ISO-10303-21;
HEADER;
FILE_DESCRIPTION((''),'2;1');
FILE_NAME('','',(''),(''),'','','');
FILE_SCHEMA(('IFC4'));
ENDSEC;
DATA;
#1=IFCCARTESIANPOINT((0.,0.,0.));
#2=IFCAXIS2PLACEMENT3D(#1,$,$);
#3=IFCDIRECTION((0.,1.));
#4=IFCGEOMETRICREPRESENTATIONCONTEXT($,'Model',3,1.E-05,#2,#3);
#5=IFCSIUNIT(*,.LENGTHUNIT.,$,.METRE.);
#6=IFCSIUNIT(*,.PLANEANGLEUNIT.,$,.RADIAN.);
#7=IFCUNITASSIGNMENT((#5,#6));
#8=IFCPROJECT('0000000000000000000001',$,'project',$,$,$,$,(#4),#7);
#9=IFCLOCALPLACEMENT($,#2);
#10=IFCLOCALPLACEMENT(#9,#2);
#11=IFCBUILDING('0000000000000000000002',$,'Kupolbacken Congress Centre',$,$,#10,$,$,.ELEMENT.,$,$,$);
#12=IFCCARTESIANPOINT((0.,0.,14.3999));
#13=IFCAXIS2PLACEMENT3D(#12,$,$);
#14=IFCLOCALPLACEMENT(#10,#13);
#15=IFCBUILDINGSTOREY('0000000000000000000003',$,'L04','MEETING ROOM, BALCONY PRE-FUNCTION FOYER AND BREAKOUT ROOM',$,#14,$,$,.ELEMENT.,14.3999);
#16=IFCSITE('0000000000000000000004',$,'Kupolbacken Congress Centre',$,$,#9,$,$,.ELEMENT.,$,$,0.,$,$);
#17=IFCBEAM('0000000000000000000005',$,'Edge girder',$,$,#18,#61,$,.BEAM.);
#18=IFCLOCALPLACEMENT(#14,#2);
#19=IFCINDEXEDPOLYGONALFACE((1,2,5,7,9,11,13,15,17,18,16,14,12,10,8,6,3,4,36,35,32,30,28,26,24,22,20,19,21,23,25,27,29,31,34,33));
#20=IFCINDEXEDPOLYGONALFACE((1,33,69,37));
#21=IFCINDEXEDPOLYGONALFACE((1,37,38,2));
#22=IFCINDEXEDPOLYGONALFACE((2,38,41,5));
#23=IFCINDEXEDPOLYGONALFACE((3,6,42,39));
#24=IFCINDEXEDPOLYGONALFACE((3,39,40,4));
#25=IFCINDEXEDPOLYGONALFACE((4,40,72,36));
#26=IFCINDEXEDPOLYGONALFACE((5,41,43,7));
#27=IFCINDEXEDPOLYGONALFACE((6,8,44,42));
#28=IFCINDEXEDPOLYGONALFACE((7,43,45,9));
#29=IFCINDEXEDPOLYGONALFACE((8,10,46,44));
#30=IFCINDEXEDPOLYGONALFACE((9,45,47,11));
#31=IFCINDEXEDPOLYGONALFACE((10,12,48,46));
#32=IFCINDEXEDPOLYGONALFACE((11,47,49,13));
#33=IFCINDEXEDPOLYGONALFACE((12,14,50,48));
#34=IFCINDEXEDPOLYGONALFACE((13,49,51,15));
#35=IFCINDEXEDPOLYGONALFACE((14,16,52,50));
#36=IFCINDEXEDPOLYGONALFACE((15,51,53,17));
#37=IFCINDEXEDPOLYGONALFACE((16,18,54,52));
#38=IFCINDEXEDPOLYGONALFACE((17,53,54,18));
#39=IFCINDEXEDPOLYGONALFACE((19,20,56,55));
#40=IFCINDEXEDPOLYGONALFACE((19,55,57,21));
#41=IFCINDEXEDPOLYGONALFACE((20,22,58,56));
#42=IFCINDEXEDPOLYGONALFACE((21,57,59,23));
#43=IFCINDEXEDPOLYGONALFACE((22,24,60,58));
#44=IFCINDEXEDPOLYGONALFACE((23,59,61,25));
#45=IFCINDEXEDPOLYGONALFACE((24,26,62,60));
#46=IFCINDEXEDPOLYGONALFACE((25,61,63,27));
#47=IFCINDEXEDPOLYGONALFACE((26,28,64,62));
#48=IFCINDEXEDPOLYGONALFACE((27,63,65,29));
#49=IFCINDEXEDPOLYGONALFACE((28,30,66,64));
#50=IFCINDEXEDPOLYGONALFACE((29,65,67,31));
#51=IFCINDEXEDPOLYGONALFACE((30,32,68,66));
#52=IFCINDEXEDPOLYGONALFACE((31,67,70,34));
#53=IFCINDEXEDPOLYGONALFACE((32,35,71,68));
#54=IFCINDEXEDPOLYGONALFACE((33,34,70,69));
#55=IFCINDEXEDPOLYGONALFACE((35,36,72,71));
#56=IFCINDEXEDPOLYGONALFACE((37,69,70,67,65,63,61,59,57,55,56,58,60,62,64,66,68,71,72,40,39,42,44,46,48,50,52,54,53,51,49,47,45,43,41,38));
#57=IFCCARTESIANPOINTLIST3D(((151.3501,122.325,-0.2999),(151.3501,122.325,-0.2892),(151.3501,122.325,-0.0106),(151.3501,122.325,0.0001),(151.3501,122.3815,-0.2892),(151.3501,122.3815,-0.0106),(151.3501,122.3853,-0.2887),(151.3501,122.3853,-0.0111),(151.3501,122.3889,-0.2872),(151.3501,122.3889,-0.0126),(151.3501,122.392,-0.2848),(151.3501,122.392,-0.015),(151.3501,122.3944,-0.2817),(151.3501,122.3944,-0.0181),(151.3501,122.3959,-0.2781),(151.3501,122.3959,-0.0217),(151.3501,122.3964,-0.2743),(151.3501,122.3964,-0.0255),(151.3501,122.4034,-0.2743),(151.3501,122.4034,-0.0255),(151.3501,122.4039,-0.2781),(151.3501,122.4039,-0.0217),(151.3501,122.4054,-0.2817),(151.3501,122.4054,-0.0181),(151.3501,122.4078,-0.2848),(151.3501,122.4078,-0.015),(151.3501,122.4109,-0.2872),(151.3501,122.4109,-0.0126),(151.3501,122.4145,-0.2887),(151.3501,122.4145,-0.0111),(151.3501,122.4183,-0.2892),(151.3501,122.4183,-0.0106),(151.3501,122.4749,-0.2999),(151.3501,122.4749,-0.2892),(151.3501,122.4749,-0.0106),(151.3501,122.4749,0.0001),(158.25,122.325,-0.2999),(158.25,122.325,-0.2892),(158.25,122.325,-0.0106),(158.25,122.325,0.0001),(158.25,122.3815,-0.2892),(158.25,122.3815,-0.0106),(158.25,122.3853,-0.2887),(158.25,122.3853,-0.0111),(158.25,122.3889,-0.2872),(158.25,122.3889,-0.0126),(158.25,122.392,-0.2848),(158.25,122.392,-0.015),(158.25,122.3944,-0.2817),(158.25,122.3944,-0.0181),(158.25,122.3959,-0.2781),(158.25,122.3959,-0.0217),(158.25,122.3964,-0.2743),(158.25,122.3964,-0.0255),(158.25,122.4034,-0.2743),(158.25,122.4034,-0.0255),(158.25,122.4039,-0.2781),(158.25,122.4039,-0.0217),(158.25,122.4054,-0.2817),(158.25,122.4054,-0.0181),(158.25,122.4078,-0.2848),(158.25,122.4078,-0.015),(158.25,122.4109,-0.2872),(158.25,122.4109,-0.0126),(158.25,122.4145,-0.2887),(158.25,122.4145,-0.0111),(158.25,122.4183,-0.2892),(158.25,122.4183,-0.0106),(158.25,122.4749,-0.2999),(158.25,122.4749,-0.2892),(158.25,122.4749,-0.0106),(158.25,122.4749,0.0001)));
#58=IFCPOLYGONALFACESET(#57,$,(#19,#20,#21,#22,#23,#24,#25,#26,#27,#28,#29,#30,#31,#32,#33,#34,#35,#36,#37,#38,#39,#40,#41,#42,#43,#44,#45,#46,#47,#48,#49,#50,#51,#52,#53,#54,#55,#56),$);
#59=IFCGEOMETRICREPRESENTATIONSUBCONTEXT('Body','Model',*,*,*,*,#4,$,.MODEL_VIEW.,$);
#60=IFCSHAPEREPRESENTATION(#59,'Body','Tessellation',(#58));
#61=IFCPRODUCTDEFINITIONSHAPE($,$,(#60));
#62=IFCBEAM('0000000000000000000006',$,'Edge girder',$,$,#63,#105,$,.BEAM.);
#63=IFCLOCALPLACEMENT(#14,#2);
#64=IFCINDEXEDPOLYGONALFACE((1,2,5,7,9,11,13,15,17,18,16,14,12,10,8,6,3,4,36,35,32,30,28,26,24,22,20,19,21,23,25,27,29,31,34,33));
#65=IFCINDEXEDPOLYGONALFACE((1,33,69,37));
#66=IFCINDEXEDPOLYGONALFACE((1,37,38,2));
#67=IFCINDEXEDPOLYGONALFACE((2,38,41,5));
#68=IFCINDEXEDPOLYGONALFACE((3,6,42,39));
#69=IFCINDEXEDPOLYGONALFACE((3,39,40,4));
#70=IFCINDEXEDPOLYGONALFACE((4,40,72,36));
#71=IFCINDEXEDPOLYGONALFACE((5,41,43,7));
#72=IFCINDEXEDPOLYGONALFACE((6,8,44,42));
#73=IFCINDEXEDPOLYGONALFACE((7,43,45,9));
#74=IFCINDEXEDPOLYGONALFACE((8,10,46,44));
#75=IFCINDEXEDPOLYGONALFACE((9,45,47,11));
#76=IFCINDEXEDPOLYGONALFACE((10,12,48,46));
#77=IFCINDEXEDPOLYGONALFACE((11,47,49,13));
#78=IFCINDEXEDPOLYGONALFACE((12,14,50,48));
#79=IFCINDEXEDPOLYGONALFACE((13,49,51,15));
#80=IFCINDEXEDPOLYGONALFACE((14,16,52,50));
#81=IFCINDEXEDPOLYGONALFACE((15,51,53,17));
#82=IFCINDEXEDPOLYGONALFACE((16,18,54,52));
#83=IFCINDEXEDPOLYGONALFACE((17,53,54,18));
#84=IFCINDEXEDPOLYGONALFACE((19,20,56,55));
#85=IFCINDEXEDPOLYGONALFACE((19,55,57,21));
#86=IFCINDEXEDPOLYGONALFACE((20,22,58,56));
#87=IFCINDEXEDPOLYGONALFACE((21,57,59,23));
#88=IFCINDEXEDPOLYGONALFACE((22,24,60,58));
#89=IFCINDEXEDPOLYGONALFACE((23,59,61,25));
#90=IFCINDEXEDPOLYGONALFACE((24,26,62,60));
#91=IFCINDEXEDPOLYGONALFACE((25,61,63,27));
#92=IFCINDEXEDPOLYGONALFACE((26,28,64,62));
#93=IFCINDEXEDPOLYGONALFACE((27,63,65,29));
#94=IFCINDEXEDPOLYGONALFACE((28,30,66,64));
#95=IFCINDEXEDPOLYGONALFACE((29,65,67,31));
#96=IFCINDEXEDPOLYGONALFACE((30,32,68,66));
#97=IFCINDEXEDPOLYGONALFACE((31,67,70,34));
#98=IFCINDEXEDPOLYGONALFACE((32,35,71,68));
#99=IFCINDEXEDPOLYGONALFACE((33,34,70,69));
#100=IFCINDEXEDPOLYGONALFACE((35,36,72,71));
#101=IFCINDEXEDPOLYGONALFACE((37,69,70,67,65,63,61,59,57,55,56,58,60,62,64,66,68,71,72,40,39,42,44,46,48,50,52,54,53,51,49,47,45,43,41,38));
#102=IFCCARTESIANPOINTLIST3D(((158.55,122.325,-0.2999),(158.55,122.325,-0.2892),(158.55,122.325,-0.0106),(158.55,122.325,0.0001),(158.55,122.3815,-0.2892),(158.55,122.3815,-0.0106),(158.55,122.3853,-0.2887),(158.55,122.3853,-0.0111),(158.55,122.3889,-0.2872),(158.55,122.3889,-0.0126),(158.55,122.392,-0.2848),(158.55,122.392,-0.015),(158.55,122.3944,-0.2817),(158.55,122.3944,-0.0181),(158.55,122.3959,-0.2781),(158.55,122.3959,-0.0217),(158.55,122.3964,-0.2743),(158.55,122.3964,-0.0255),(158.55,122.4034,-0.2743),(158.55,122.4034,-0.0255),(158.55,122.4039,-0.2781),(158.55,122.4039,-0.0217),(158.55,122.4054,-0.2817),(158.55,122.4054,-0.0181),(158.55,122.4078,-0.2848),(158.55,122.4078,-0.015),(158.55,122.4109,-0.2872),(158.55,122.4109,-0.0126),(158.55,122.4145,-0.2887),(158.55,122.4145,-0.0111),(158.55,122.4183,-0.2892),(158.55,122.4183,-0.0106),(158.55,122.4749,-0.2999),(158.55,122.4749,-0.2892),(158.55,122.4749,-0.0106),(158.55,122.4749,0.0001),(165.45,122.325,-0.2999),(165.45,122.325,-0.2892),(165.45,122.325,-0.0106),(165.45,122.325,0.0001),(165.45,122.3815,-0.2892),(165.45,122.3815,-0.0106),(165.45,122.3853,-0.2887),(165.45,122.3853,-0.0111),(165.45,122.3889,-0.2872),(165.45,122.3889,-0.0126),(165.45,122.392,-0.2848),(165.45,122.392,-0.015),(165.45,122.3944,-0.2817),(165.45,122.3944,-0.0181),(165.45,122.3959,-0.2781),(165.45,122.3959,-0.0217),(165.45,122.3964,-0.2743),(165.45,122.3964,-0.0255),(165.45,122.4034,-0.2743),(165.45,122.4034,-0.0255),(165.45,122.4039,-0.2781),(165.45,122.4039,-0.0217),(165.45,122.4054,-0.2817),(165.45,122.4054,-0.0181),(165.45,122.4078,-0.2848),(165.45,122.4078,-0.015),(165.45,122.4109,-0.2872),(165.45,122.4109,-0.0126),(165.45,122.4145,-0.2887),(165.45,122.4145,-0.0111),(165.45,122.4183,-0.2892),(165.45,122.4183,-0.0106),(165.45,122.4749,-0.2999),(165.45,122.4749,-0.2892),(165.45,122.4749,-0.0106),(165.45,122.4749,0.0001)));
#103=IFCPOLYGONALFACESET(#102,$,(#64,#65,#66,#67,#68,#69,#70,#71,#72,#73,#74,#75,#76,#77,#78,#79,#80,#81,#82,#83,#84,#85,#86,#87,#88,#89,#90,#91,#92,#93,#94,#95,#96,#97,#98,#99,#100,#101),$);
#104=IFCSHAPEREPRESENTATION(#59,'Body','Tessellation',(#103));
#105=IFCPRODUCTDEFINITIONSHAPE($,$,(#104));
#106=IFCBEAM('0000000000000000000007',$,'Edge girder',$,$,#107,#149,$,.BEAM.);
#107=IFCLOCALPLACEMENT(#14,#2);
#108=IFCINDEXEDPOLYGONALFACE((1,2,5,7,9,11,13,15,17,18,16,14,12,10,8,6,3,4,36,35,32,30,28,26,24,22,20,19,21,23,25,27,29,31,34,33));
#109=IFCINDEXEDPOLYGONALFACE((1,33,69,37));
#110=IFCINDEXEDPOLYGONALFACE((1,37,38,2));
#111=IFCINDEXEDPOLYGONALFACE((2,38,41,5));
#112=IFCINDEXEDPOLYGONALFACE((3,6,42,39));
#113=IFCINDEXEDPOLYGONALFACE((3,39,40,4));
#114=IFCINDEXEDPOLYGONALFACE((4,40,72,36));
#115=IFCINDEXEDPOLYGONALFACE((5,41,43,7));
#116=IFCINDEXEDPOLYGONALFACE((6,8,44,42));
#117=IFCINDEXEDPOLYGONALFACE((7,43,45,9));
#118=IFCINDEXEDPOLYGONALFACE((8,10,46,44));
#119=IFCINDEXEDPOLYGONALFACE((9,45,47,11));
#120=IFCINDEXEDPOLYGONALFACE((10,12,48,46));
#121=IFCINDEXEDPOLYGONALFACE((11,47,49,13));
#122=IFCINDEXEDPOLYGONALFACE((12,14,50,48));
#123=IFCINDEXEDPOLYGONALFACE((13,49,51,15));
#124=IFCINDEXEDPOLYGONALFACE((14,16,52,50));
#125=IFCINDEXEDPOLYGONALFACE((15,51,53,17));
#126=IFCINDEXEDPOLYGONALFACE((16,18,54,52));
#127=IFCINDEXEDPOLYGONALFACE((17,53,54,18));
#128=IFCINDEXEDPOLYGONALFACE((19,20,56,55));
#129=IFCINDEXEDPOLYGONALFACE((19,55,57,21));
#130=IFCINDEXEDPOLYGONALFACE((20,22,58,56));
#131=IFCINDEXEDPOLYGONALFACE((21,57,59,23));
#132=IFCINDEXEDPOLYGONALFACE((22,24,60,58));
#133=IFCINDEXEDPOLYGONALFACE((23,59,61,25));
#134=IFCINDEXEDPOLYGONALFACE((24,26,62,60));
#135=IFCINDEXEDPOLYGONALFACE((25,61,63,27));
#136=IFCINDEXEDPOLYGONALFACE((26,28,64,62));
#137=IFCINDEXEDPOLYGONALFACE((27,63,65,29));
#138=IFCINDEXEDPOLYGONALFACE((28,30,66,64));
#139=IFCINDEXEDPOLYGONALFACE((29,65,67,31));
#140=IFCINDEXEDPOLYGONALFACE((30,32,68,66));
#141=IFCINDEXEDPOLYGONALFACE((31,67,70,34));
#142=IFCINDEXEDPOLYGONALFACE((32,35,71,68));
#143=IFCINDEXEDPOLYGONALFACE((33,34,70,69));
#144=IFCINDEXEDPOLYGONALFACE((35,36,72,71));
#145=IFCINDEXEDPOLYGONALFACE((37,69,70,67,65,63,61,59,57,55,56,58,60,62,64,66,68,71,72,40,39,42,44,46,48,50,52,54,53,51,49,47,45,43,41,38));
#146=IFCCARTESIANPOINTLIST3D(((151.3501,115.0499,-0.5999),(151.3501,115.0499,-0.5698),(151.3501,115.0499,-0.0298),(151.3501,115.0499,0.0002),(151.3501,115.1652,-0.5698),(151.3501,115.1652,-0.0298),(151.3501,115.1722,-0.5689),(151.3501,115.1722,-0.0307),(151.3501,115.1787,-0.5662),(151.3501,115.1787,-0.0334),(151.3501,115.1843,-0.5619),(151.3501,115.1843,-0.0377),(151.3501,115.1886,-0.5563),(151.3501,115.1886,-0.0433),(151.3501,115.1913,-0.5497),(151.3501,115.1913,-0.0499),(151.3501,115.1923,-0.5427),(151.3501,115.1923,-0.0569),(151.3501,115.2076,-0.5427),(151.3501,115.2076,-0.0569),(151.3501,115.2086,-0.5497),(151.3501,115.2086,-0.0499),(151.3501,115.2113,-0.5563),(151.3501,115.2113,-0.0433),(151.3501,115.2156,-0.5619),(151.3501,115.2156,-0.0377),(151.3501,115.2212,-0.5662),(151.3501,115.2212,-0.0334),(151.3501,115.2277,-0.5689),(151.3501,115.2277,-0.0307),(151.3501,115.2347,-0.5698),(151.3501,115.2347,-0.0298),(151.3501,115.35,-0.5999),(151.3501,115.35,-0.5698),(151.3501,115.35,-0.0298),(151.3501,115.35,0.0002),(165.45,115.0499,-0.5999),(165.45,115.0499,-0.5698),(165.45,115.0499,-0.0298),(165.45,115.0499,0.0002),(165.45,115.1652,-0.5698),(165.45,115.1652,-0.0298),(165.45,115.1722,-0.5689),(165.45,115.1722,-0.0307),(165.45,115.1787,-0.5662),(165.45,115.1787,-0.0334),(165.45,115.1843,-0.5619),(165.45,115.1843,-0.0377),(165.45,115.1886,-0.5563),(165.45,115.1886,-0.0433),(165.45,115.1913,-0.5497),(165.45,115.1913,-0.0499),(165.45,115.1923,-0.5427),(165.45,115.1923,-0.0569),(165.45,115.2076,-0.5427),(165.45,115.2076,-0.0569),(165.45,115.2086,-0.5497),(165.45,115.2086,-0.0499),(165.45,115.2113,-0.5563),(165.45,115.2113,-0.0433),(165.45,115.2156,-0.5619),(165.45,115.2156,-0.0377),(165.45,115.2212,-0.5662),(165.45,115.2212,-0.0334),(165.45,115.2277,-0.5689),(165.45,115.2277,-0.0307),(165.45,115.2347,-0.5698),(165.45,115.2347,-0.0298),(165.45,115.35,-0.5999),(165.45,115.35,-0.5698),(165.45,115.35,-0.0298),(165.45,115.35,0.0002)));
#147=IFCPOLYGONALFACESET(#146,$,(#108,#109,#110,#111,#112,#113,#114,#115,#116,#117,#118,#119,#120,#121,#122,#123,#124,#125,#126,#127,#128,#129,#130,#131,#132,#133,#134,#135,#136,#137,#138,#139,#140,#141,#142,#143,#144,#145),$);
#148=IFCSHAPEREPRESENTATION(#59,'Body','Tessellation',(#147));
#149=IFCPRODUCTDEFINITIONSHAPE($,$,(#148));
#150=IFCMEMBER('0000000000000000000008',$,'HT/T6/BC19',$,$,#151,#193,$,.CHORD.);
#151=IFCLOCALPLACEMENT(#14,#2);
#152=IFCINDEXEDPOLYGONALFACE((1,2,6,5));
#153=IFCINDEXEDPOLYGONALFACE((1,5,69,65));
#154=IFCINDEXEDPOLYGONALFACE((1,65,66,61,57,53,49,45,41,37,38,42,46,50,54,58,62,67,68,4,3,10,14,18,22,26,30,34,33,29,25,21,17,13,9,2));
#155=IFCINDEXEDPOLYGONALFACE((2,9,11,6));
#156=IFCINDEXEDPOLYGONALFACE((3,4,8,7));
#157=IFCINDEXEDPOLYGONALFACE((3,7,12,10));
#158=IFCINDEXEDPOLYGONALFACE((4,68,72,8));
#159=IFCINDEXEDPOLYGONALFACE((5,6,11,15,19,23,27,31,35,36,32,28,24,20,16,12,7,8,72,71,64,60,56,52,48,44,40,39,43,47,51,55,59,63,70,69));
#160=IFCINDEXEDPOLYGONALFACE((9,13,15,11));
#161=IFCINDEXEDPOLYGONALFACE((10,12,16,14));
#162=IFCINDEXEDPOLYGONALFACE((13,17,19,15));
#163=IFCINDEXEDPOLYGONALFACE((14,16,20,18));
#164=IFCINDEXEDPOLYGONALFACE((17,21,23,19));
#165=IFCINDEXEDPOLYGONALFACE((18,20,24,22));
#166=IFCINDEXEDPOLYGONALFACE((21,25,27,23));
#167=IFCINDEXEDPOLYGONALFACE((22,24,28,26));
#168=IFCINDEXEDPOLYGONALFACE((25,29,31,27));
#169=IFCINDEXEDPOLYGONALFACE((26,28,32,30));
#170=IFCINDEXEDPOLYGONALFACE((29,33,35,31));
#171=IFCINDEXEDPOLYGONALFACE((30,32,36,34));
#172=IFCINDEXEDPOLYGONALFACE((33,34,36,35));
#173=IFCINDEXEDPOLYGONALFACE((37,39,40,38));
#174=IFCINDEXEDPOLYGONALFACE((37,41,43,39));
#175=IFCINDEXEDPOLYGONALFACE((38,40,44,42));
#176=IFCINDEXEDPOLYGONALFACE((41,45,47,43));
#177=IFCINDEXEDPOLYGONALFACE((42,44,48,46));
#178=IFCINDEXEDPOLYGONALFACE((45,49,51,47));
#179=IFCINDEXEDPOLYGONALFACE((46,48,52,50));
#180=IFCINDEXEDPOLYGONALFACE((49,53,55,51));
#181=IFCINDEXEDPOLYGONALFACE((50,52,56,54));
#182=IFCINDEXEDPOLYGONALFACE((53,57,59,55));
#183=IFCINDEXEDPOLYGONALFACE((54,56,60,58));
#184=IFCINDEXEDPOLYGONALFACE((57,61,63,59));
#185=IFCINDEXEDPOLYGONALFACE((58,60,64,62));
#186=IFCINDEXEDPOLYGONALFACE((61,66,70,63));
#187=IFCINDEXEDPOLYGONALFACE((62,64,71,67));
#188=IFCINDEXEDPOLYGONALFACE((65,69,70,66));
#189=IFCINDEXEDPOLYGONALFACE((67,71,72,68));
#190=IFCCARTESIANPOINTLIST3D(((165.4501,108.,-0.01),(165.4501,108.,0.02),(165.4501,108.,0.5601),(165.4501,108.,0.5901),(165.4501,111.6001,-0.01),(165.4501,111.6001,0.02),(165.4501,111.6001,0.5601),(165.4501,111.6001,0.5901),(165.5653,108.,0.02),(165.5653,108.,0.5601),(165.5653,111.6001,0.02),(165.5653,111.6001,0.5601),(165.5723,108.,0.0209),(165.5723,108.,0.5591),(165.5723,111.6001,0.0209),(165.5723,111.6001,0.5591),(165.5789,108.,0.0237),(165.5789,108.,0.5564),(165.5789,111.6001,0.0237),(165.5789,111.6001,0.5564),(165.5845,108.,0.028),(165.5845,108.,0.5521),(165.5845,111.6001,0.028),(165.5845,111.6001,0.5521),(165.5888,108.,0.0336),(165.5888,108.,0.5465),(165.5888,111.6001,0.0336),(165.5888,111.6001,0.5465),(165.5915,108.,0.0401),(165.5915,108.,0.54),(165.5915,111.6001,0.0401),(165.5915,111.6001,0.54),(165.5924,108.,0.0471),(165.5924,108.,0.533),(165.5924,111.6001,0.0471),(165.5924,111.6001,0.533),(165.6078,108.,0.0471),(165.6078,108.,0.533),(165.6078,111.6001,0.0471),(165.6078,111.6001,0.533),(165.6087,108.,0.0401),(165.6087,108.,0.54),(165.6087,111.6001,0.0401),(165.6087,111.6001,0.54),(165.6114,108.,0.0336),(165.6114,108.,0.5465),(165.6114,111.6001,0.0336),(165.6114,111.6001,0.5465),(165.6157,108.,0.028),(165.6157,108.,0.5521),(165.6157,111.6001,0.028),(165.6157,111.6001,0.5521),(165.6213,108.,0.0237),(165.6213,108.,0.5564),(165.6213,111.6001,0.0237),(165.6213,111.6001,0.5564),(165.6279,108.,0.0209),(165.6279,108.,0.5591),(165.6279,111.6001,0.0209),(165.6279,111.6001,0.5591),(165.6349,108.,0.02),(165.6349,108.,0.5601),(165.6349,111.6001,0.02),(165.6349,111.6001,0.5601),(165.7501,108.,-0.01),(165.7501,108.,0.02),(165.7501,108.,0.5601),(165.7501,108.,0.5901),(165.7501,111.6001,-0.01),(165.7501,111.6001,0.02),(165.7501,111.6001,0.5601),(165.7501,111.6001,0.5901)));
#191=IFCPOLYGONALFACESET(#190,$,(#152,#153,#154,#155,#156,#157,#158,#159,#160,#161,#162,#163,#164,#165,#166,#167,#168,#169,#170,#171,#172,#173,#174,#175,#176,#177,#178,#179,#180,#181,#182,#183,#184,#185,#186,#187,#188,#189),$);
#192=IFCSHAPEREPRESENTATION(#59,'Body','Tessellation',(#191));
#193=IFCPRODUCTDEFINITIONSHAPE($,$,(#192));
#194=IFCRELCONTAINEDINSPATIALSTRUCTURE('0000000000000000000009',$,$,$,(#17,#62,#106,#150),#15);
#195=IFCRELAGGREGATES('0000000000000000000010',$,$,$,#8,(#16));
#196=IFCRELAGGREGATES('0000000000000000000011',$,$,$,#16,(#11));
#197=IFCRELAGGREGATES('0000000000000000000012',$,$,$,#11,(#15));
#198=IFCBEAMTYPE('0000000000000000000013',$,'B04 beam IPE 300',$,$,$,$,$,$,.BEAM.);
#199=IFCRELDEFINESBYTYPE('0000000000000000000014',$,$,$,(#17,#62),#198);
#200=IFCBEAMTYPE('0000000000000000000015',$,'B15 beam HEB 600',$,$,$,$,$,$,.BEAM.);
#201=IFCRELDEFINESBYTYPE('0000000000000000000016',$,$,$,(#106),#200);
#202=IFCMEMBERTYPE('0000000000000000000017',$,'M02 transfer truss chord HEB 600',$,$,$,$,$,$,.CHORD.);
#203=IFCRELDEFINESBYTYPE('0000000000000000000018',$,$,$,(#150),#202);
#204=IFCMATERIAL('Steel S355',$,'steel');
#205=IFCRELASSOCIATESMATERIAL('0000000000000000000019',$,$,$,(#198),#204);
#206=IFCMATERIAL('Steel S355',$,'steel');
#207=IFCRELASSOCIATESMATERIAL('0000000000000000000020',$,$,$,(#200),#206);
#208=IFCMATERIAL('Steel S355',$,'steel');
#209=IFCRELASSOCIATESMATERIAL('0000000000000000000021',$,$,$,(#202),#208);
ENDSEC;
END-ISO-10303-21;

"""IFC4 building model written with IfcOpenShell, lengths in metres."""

from ifc_helpers import new_model, si_unit, direction, frame, origin, origin_2d, place, context, subcontext, project, spatial, i_section, extrude, material, material_profile, profile_set, type_object, element, save


model = new_model("IFC4")

# Units and contexts
model_context = context("Model", 3, precision=1e-05, world=origin(), true_north=direction((0.0, 1.0)))
body_context = subcontext(model_context, "Body", "Model", "MODEL_VIEW")
ifc_project = project(units=[si_unit("LENGTHUNIT", "METRE"), si_unit("PLANEANGLEUNIT", "RADIAN")], contexts=[model_context])

# Site, building, storey
site_placement = place(None, origin())
site = spatial("IfcSite", under=ifc_project, at=site_placement, Name="Kupolbacken Congress Centre", CompositionType="ELEMENT", RefElevation=0.0)
building_placement = place(site_placement, origin())
building = spatial("IfcBuilding", under=site, at=building_placement, Name="Kupolbacken Congress Centre", CompositionType="ELEMENT")
storey_placement = place(building_placement, frame((0.0, 0.0, 14.3999)))
storey = spatial("IfcBuildingStorey", under=building, at=storey_placement, Name="L04", Description="MEETING ROOM, BALCONY PRE-FUNCTION FOYER AND BREAKOUT ROOM", CompositionType="ELEMENT", Elevation=14.3999)

# Beams
ifc_material_1 = material(Name="Steel S355", Category="steel")
ifc_material_profile_1 = material_profile(ifc_material_1, i_section(OverallWidth=0.1499, OverallDepth=0.3, WebThickness=0.0071, FlangeThickness=0.0107, FilletRadius=0.0149, at=origin_2d()), Name="IPE 300")
ifc_profile_set_1 = profile_set([ifc_material_profile_1], Name="Steel S355")
beam_type_1 = type_object("IfcBeamType", Name="B04 beam IPE 300", PredefinedType="BEAM", material=ifc_profile_set_1)
for number, where, z_axis, x_axis, name in (
    (1, (151.3501, 122.3999, -0.1499), (1.0, 0.0, 0.0), (0.0, 1.0, 0.0), "Edge girder"),
    (2, (158.55, 122.3999, -0.1499), (1.0, 0.0, 0.0), (0.0, 1.0, 0.0), "Edge girder"),
):
    element("IfcBeam", number, at=place(storey_placement, frame(where, z_axis=z_axis, x_axis=x_axis)), inside=storey, type_object=beam_type_1, Name=name, PredefinedType="BEAM", context=body_context, shape_type="SweptSolid", body=[
        extrude(i_section(OverallWidth=0.1499, OverallDepth=0.3, WebThickness=0.0071, FlangeThickness=0.0107, FilletRadius=0.0149, at=origin_2d()), origin(), (0.0, 0.0, 1.0), 6.8999),
    ])
ifc_material_2 = material(Name="Steel S355", Category="steel")
ifc_material_profile_2 = material_profile(ifc_material_2, i_section(OverallWidth=0.3, OverallDepth=0.6001, WebThickness=0.0154, FlangeThickness=0.03, FilletRadius=0.0271, at=origin_2d()), Name="HEB 600")
ifc_profile_set_2 = profile_set([ifc_material_profile_2], Name="Steel S355")
beam_type_2 = type_object("IfcBeamType", Name="B15 beam HEB 600", PredefinedType="BEAM", material=ifc_profile_set_2)
beam_placement = place(storey_placement, frame((151.3501, 115.2, -0.2998), z_axis=(1.0, 0.0, 0.0), x_axis=(0.0, 1.0, 0.0)))
element("IfcBeam", 3, at=beam_placement, inside=storey, type_object=beam_type_2, Name="Edge girder", PredefinedType="BEAM", context=body_context, shape_type="SweptSolid", body=[
    extrude(i_section(OverallWidth=0.3, OverallDepth=0.6001, WebThickness=0.0154, FlangeThickness=0.03, FilletRadius=0.0271, at=origin_2d()), origin(), (0.0, 0.0, 1.0), 14.0999),
])

# Member
ifc_material_3 = material(Name="Steel S355", Category="steel")
ifc_material_profile_3 = material_profile(ifc_material_3, i_section(OverallWidth=0.3, OverallDepth=0.6001, WebThickness=0.0154, FlangeThickness=0.03, FilletRadius=0.0271, at=origin_2d()), Name="HEB 600")
ifc_profile_set_3 = profile_set([ifc_material_profile_3], Name="Steel S355")
member_type_1 = type_object("IfcMemberType", Name="M02 transfer truss chord HEB 600", PredefinedType="CHORD", material=ifc_profile_set_3)
member_1_placement = place(storey_placement, frame((165.6001, 108.0, 0.29), z_axis=(0.0, 1.0, 0.0), x_axis=(-1.0, 0.0, 0.0)))
element("IfcMember", 4, at=member_1_placement, inside=storey, type_object=member_type_1, Name="HT/T6/BC19", PredefinedType="CHORD", context=body_context, shape_type="SweptSolid", body=[
    extrude(i_section(OverallWidth=0.3, OverallDepth=0.6001, WebThickness=0.0154, FlangeThickness=0.03, FilletRadius=0.0271, at=origin_2d()), origin(), (0.0, 0.0, 1.0), 3.6001),
])

save(model, "model.ifc")
